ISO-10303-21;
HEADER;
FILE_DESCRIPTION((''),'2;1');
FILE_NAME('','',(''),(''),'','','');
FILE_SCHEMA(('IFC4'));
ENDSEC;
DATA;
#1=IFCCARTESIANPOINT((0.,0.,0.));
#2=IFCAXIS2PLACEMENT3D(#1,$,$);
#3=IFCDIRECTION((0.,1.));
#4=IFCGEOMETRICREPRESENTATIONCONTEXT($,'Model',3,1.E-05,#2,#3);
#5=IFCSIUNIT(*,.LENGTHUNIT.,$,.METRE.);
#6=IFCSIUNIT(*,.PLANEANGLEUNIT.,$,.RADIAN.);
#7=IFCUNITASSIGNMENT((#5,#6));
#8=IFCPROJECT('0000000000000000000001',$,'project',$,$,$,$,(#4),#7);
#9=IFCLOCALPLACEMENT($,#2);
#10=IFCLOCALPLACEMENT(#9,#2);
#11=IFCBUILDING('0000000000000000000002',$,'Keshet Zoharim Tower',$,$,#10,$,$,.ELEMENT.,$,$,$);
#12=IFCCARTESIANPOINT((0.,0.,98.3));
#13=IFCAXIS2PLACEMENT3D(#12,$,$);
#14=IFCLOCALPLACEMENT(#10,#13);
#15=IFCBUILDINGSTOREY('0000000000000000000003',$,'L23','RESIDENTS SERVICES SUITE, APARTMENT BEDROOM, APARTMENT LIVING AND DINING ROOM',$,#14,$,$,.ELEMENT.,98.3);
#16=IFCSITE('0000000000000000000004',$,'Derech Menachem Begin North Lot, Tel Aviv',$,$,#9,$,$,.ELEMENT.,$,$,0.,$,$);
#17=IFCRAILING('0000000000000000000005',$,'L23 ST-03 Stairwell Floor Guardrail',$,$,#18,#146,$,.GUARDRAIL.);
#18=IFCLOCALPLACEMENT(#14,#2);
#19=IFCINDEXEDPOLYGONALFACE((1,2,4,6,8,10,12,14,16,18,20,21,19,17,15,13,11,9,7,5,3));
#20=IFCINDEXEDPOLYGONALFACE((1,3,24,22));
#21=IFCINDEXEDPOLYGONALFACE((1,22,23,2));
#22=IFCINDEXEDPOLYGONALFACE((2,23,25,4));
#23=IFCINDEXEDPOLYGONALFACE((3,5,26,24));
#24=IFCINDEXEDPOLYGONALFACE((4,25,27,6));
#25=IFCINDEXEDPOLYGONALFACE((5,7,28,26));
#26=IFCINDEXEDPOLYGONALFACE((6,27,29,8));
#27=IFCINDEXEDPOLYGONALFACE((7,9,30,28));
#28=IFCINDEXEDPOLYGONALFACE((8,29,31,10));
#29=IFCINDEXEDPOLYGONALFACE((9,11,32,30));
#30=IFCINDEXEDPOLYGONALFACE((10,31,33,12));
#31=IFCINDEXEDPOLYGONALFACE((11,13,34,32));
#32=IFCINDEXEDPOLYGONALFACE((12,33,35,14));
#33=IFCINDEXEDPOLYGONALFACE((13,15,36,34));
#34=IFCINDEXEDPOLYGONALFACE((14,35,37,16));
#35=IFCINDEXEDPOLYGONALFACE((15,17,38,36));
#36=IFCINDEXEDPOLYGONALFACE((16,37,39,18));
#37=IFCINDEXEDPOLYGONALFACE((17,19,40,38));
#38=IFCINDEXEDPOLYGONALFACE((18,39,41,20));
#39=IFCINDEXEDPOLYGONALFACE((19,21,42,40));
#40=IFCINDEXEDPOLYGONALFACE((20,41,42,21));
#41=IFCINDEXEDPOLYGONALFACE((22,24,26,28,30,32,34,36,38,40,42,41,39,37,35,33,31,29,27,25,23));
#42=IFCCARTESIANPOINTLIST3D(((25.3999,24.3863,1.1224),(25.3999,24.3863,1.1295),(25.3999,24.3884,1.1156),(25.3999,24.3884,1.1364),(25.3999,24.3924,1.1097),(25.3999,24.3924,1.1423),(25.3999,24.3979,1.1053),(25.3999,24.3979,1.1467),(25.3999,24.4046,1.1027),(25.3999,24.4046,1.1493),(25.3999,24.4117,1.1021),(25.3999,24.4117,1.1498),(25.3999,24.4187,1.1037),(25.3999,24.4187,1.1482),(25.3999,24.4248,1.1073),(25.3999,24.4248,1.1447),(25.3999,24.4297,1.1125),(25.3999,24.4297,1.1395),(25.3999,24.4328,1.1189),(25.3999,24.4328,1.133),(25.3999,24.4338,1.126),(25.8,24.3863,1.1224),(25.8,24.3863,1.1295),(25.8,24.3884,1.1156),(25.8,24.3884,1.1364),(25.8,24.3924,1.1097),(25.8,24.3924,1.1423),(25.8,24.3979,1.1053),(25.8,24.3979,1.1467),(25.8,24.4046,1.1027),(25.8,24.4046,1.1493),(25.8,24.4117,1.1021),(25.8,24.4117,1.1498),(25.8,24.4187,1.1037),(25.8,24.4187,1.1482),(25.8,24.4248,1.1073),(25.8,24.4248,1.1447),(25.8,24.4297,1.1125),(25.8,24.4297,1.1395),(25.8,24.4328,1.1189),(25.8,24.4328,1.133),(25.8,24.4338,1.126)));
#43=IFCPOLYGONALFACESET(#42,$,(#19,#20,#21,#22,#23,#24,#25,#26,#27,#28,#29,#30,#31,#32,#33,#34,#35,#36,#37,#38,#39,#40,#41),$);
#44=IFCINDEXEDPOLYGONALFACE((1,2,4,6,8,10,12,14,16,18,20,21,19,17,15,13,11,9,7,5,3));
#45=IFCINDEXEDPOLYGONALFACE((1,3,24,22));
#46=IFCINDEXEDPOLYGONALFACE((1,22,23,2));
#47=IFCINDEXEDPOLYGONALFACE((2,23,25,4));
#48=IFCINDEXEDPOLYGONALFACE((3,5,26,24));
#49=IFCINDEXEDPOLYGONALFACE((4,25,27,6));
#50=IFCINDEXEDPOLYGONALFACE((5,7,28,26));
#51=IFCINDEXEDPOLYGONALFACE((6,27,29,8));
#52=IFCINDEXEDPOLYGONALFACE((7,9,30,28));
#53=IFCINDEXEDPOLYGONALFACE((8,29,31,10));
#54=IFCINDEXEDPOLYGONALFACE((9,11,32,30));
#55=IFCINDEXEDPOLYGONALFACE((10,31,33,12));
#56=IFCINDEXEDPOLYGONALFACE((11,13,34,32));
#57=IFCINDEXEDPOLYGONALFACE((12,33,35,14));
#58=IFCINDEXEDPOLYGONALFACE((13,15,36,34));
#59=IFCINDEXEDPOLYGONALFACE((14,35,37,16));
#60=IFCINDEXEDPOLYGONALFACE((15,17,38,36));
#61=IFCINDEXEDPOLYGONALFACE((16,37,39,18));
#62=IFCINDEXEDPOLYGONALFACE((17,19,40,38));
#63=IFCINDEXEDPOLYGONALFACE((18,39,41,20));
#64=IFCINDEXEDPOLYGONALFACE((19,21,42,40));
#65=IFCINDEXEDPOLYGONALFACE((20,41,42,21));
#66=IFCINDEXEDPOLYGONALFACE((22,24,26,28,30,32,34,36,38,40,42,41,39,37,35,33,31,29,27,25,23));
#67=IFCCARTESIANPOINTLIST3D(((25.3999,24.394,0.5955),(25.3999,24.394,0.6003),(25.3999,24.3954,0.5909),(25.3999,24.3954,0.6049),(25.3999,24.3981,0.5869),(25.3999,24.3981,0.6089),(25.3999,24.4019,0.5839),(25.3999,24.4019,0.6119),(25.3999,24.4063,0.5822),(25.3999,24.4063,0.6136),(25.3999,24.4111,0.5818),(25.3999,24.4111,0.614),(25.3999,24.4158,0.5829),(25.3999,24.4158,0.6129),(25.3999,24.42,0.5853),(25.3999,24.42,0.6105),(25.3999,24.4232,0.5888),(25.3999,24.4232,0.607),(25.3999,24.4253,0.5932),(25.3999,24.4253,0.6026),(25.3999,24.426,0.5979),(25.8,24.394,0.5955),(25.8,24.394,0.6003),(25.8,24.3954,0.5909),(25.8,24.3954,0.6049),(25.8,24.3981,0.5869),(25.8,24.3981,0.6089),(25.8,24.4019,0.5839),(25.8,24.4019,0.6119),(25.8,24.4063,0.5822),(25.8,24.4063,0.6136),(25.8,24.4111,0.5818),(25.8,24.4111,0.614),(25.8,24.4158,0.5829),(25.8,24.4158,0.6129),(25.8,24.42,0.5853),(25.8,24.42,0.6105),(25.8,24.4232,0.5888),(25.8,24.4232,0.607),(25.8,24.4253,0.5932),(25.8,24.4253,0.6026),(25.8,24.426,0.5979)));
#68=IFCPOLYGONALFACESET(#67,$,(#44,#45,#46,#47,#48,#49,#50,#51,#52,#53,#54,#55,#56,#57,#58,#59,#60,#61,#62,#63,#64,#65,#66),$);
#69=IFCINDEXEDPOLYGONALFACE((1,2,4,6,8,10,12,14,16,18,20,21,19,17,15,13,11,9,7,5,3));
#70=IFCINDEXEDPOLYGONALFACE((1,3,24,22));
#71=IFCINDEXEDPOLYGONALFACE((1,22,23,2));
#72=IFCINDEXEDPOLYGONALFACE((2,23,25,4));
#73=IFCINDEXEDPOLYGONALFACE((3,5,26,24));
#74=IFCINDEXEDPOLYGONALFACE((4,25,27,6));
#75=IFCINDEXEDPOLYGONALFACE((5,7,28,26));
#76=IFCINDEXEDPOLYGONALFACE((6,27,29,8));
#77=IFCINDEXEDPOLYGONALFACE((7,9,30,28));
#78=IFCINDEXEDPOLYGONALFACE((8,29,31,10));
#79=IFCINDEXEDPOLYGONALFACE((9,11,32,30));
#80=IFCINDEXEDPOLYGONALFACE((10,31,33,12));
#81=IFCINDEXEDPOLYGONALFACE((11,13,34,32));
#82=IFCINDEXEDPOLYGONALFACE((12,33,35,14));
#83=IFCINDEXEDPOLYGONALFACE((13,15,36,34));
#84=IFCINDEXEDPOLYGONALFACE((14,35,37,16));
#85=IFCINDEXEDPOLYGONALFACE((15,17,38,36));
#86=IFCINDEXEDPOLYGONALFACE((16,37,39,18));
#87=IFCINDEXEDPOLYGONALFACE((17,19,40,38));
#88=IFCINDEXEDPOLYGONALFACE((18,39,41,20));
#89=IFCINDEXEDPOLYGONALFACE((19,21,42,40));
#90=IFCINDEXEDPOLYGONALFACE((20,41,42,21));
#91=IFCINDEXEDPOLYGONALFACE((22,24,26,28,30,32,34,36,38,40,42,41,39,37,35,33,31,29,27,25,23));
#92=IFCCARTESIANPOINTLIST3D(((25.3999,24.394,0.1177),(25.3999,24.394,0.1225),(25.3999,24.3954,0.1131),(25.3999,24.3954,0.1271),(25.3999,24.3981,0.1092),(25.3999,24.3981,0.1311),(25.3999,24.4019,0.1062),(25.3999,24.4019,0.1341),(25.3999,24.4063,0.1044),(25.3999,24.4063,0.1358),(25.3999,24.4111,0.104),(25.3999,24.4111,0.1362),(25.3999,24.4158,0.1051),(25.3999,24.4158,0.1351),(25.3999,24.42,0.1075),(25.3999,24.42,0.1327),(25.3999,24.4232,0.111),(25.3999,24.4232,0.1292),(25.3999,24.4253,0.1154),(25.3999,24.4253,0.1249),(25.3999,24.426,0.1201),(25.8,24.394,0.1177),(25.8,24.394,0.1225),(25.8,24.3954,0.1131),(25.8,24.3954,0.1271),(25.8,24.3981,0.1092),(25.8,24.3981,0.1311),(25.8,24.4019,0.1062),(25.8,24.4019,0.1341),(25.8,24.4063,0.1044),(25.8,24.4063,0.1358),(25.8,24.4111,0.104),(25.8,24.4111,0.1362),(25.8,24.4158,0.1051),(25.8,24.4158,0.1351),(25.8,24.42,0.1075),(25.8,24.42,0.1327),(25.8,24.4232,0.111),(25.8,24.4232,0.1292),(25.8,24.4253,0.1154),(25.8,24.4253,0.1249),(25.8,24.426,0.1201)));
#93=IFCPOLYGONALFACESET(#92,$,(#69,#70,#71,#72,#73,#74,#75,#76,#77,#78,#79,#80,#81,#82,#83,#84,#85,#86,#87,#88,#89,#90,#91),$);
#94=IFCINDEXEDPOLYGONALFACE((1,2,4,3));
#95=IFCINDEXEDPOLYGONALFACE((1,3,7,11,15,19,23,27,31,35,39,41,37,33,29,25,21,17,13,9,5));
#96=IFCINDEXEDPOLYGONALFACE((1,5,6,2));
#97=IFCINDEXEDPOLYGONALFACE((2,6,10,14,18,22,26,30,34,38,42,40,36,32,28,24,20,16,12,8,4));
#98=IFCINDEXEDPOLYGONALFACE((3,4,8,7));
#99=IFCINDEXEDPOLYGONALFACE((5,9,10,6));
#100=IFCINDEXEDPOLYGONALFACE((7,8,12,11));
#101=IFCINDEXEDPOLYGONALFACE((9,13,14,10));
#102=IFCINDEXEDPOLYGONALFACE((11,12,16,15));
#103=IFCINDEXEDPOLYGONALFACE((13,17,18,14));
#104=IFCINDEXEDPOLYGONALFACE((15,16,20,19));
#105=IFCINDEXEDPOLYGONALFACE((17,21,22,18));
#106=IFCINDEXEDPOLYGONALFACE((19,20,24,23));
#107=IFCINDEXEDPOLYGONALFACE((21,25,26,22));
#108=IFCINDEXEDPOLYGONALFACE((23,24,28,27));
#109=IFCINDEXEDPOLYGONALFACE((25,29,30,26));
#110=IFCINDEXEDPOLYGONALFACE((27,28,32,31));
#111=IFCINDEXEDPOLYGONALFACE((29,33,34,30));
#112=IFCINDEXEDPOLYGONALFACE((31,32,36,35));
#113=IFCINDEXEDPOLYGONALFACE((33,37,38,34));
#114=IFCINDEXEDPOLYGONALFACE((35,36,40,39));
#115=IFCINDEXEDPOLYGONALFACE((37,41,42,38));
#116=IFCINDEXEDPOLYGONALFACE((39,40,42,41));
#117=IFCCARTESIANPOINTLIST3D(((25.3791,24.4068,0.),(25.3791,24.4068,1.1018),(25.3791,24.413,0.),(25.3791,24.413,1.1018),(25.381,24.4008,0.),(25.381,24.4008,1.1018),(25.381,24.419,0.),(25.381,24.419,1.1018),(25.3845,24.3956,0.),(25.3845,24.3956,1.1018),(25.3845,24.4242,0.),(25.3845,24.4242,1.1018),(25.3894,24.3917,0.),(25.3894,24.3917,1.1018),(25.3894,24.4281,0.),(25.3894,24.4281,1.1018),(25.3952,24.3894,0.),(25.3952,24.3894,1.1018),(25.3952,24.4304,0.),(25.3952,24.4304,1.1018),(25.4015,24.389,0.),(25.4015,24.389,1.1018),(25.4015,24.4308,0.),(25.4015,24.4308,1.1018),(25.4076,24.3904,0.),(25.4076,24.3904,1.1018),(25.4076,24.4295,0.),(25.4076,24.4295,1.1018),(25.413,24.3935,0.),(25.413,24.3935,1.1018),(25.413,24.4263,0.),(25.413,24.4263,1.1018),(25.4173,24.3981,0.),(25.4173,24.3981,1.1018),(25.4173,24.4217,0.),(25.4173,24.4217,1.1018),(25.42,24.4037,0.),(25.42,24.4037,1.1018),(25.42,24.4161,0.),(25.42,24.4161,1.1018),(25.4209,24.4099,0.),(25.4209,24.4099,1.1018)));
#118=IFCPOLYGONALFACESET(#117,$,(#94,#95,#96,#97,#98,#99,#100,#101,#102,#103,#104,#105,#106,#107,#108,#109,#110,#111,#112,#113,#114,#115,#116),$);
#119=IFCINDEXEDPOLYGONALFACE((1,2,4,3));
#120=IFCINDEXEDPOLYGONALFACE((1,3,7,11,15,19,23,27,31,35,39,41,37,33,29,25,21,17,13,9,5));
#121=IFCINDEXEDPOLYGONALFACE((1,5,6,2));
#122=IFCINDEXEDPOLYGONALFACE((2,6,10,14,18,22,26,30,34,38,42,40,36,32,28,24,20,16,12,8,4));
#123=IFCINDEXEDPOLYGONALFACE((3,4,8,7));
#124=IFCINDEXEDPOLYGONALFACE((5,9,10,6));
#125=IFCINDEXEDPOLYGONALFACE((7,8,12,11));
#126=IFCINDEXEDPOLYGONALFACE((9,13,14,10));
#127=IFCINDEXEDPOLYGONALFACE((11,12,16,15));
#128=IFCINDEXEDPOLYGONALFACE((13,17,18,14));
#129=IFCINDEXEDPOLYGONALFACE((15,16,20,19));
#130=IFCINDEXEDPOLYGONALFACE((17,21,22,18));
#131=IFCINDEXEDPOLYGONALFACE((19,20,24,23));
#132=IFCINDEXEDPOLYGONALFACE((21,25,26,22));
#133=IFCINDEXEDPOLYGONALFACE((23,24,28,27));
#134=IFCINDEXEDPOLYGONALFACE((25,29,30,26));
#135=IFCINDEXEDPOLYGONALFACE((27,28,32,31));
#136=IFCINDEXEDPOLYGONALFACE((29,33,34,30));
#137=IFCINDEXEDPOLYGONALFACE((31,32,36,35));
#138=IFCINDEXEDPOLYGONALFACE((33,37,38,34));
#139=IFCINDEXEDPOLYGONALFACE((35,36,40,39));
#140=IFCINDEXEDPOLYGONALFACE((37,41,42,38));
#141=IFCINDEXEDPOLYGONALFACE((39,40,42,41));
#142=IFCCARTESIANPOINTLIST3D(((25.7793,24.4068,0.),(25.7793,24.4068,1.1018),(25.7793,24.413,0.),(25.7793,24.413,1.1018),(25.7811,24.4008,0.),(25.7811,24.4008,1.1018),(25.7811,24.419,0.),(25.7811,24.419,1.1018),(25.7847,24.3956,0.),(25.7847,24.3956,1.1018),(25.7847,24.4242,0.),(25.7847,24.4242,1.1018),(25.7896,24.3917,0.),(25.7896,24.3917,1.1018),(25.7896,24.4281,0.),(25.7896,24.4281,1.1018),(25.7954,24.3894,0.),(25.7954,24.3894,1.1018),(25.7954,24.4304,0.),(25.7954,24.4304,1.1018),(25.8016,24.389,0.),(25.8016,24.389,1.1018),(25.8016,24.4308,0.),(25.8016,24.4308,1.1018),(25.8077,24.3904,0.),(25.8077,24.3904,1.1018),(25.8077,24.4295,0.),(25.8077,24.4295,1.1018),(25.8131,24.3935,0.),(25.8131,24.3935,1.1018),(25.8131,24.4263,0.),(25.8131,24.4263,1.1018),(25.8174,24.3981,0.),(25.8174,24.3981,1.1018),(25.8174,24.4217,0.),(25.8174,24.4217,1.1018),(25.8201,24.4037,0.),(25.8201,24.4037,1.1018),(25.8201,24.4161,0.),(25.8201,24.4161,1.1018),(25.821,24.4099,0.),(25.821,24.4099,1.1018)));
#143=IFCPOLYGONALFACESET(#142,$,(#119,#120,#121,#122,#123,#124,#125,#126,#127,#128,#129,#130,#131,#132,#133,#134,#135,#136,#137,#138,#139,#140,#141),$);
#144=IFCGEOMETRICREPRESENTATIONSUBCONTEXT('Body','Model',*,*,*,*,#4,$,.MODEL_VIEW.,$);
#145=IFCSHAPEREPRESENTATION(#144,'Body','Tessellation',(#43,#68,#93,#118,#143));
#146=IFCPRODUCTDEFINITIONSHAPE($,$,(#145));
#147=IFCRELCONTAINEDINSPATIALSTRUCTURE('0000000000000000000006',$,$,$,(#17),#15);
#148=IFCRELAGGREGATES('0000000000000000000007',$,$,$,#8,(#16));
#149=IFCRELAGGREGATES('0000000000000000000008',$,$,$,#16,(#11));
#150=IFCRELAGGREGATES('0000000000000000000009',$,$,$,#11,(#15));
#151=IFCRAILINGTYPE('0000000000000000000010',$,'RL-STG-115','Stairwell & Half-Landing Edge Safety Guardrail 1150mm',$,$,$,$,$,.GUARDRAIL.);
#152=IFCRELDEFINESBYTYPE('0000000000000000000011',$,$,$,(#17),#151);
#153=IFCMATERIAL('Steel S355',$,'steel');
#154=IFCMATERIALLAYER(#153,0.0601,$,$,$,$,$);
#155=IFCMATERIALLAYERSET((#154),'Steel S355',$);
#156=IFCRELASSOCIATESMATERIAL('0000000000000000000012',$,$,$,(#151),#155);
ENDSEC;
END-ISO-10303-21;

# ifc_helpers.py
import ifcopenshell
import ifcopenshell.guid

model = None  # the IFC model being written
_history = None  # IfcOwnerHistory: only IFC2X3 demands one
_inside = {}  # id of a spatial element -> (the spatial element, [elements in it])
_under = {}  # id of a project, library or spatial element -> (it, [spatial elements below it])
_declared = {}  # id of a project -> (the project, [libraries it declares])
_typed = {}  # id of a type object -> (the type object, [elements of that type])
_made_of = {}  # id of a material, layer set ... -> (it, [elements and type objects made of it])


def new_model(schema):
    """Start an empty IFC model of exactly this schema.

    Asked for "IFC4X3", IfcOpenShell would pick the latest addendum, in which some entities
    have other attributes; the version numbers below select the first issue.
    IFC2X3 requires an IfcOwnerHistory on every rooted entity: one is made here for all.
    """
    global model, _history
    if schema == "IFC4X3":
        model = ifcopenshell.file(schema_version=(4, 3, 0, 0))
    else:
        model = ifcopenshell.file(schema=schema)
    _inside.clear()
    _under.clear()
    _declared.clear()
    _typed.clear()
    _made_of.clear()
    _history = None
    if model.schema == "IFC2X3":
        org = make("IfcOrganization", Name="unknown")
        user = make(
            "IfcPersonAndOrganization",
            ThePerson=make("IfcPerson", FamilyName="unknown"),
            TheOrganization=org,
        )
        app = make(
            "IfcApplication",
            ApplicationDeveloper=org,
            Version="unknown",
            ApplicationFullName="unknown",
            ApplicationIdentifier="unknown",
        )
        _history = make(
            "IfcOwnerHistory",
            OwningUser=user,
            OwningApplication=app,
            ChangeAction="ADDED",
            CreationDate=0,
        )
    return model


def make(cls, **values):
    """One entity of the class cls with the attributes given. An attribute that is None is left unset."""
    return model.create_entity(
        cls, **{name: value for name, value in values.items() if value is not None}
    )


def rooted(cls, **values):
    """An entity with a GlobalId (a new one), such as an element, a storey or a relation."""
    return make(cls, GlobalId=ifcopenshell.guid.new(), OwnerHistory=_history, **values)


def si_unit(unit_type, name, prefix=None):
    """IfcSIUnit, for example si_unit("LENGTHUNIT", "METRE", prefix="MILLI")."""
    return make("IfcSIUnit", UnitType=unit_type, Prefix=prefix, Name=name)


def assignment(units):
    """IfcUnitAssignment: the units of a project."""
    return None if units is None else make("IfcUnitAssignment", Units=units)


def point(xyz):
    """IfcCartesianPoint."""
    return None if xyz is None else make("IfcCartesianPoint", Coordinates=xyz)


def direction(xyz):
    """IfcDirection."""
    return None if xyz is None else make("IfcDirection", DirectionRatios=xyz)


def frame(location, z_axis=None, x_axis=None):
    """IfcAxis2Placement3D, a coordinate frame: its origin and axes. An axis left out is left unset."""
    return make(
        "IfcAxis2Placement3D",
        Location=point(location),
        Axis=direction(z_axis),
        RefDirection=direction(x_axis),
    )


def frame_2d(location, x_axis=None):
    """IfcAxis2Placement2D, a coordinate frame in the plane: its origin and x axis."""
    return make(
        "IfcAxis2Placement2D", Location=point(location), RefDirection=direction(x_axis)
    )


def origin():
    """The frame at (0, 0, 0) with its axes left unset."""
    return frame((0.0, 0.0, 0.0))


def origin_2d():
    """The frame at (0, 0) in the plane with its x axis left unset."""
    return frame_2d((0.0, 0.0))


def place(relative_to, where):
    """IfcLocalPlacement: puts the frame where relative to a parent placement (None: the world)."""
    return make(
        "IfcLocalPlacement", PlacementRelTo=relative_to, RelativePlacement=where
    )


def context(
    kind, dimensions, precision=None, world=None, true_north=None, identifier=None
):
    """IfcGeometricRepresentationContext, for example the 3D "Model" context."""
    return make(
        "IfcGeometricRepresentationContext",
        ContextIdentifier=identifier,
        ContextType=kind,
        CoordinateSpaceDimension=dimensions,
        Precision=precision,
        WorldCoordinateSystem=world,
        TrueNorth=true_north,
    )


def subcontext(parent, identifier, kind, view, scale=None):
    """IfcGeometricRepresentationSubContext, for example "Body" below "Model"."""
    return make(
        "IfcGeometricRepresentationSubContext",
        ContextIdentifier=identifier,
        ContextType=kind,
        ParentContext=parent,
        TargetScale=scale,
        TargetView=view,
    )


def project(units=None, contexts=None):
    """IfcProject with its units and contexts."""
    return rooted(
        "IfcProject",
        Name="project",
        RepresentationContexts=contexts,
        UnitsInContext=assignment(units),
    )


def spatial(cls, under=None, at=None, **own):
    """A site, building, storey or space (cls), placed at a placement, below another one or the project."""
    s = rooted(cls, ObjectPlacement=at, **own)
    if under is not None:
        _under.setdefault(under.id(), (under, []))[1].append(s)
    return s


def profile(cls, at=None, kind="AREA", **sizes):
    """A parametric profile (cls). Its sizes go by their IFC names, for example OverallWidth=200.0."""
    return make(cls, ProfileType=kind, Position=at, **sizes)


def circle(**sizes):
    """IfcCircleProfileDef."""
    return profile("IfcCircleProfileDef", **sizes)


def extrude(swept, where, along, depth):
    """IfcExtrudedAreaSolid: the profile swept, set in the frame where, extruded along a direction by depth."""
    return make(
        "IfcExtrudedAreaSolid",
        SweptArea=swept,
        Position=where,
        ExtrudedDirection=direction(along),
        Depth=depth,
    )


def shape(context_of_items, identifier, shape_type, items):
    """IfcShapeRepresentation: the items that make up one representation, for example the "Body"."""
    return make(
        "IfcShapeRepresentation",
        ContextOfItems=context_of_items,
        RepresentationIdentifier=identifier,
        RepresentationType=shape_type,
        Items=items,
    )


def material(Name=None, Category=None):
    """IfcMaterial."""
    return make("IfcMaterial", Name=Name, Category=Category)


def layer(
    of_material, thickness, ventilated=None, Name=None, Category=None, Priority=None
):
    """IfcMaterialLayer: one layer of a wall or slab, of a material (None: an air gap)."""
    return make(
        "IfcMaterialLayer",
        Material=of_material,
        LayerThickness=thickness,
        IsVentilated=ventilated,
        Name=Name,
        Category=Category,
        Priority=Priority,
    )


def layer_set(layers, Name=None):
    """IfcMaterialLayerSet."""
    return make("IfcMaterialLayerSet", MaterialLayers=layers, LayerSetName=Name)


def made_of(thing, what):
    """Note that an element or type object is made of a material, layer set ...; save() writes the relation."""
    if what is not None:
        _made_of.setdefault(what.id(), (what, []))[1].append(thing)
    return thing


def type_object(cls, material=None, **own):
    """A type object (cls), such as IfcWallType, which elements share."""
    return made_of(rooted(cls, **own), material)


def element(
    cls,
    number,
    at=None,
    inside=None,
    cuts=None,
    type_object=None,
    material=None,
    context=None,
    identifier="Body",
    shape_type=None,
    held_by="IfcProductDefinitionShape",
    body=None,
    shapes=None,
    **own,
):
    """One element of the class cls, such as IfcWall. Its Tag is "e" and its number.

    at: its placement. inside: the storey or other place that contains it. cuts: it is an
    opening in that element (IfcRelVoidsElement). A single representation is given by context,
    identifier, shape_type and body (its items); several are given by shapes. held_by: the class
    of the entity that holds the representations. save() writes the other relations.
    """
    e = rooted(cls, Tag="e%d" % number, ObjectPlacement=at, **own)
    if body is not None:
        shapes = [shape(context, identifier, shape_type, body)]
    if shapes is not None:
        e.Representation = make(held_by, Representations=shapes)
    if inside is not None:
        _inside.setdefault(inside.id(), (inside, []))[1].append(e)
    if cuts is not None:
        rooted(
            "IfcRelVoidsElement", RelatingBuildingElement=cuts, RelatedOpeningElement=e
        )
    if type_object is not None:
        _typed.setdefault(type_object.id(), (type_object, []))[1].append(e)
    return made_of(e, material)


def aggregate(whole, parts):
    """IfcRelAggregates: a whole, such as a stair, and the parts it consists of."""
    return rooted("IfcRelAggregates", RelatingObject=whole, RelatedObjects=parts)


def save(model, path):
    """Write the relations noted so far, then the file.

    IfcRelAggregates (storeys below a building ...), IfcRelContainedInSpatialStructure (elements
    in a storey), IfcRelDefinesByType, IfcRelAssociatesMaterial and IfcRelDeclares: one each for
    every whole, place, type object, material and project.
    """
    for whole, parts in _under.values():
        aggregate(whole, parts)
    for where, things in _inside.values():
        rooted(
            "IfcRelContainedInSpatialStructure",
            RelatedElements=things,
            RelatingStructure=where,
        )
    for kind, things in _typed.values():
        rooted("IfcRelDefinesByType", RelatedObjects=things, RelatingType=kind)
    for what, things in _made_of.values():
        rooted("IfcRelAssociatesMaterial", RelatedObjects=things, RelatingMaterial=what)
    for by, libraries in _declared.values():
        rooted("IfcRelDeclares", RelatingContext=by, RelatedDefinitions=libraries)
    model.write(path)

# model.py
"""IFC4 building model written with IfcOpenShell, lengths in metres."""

from ifc_helpers import new_model, si_unit, direction, frame, origin, origin_2d, place, context, subcontext, project, spatial, circle, extrude, material, layer, layer_set, type_object, element, save


model = new_model("IFC4")

# Units and contexts
model_context = context("Model", 3, precision=1e-05, world=origin(), true_north=direction((0.0, 1.0)))
body_context = subcontext(model_context, "Body", "Model", "MODEL_VIEW")
ifc_project = project(units=[si_unit("LENGTHUNIT", "METRE"), si_unit("PLANEANGLEUNIT", "RADIAN")], contexts=[model_context])

# Site, building, storey
site_placement = place(None, origin())
site = spatial("IfcSite", under=ifc_project, at=site_placement, Name="Derech Menachem Begin North Lot, Tel Aviv", CompositionType="ELEMENT", RefElevation=0.0)
building_placement = place(site_placement, origin())
building = spatial("IfcBuilding", under=site, at=building_placement, Name="Keshet Zoharim Tower", CompositionType="ELEMENT")
storey_placement = place(building_placement, frame((0.0, 0.0, 98.3)))
storey = spatial("IfcBuildingStorey", under=building, at=storey_placement, Name="L23", Description="RESIDENTS SERVICES SUITE, APARTMENT BEDROOM, APARTMENT LIVING AND DINING ROOM", CompositionType="ELEMENT", Elevation=98.3)

# Railing
ifc_material_1 = material(Name="Steel S355", Category="steel")
ifc_layer_1 = layer(ifc_material_1, 0.0601)
ifc_layer_set_1 = layer_set([ifc_layer_1], Name="Steel S355")
railing_type_1 = type_object("IfcRailingType", Name="RL-STG-115", Description="Stairwell & Half-Landing Edge Safety Guardrail 1150mm", PredefinedType="GUARDRAIL", material=ifc_layer_set_1)
railing_1_placement = place(storey_placement, frame((25.3999, 24.4099, 0.0)))
element("IfcRailing", 1, at=railing_1_placement, inside=storey, type_object=railing_type_1, Name="L23 ST-03 Stairwell Floor Guardrail", PredefinedType="GUARDRAIL", context=body_context, shape_type="SweptSolid", body=[
    extrude(circle(Radius=0.0239, at=origin_2d()), frame((0.0, 0.0, 1.126), z_axis=(1.0, 0.0, 0.0), x_axis=(0.0, 1.0, 0.0)), (0.0, 0.0, 1.0), 0.4001),
    extrude(circle(Radius=0.0161, at=origin_2d()), frame((0.0, 0.0, 0.5979), z_axis=(1.0, 0.0, 0.0), x_axis=(0.0, 1.0, 0.0)), (0.0, 0.0, 1.0), 0.4001),
    extrude(circle(Radius=0.0161, at=origin_2d()), frame((0.0, 0.0, 0.1201), z_axis=(1.0, 0.0, 0.0), x_axis=(0.0, 1.0, 0.0)), (0.0, 0.0, 1.0), 0.4001),
    extrude(circle(Radius=0.021, at=origin_2d()), origin(), (0.0, 0.0, 1.0), 1.1018),
    extrude(circle(Radius=0.021, at=origin_2d()), frame((0.4001, 0.0, 0.0)), (0.0, 0.0, 1.0), 1.1018),
])

save(model, "model.ifc")
